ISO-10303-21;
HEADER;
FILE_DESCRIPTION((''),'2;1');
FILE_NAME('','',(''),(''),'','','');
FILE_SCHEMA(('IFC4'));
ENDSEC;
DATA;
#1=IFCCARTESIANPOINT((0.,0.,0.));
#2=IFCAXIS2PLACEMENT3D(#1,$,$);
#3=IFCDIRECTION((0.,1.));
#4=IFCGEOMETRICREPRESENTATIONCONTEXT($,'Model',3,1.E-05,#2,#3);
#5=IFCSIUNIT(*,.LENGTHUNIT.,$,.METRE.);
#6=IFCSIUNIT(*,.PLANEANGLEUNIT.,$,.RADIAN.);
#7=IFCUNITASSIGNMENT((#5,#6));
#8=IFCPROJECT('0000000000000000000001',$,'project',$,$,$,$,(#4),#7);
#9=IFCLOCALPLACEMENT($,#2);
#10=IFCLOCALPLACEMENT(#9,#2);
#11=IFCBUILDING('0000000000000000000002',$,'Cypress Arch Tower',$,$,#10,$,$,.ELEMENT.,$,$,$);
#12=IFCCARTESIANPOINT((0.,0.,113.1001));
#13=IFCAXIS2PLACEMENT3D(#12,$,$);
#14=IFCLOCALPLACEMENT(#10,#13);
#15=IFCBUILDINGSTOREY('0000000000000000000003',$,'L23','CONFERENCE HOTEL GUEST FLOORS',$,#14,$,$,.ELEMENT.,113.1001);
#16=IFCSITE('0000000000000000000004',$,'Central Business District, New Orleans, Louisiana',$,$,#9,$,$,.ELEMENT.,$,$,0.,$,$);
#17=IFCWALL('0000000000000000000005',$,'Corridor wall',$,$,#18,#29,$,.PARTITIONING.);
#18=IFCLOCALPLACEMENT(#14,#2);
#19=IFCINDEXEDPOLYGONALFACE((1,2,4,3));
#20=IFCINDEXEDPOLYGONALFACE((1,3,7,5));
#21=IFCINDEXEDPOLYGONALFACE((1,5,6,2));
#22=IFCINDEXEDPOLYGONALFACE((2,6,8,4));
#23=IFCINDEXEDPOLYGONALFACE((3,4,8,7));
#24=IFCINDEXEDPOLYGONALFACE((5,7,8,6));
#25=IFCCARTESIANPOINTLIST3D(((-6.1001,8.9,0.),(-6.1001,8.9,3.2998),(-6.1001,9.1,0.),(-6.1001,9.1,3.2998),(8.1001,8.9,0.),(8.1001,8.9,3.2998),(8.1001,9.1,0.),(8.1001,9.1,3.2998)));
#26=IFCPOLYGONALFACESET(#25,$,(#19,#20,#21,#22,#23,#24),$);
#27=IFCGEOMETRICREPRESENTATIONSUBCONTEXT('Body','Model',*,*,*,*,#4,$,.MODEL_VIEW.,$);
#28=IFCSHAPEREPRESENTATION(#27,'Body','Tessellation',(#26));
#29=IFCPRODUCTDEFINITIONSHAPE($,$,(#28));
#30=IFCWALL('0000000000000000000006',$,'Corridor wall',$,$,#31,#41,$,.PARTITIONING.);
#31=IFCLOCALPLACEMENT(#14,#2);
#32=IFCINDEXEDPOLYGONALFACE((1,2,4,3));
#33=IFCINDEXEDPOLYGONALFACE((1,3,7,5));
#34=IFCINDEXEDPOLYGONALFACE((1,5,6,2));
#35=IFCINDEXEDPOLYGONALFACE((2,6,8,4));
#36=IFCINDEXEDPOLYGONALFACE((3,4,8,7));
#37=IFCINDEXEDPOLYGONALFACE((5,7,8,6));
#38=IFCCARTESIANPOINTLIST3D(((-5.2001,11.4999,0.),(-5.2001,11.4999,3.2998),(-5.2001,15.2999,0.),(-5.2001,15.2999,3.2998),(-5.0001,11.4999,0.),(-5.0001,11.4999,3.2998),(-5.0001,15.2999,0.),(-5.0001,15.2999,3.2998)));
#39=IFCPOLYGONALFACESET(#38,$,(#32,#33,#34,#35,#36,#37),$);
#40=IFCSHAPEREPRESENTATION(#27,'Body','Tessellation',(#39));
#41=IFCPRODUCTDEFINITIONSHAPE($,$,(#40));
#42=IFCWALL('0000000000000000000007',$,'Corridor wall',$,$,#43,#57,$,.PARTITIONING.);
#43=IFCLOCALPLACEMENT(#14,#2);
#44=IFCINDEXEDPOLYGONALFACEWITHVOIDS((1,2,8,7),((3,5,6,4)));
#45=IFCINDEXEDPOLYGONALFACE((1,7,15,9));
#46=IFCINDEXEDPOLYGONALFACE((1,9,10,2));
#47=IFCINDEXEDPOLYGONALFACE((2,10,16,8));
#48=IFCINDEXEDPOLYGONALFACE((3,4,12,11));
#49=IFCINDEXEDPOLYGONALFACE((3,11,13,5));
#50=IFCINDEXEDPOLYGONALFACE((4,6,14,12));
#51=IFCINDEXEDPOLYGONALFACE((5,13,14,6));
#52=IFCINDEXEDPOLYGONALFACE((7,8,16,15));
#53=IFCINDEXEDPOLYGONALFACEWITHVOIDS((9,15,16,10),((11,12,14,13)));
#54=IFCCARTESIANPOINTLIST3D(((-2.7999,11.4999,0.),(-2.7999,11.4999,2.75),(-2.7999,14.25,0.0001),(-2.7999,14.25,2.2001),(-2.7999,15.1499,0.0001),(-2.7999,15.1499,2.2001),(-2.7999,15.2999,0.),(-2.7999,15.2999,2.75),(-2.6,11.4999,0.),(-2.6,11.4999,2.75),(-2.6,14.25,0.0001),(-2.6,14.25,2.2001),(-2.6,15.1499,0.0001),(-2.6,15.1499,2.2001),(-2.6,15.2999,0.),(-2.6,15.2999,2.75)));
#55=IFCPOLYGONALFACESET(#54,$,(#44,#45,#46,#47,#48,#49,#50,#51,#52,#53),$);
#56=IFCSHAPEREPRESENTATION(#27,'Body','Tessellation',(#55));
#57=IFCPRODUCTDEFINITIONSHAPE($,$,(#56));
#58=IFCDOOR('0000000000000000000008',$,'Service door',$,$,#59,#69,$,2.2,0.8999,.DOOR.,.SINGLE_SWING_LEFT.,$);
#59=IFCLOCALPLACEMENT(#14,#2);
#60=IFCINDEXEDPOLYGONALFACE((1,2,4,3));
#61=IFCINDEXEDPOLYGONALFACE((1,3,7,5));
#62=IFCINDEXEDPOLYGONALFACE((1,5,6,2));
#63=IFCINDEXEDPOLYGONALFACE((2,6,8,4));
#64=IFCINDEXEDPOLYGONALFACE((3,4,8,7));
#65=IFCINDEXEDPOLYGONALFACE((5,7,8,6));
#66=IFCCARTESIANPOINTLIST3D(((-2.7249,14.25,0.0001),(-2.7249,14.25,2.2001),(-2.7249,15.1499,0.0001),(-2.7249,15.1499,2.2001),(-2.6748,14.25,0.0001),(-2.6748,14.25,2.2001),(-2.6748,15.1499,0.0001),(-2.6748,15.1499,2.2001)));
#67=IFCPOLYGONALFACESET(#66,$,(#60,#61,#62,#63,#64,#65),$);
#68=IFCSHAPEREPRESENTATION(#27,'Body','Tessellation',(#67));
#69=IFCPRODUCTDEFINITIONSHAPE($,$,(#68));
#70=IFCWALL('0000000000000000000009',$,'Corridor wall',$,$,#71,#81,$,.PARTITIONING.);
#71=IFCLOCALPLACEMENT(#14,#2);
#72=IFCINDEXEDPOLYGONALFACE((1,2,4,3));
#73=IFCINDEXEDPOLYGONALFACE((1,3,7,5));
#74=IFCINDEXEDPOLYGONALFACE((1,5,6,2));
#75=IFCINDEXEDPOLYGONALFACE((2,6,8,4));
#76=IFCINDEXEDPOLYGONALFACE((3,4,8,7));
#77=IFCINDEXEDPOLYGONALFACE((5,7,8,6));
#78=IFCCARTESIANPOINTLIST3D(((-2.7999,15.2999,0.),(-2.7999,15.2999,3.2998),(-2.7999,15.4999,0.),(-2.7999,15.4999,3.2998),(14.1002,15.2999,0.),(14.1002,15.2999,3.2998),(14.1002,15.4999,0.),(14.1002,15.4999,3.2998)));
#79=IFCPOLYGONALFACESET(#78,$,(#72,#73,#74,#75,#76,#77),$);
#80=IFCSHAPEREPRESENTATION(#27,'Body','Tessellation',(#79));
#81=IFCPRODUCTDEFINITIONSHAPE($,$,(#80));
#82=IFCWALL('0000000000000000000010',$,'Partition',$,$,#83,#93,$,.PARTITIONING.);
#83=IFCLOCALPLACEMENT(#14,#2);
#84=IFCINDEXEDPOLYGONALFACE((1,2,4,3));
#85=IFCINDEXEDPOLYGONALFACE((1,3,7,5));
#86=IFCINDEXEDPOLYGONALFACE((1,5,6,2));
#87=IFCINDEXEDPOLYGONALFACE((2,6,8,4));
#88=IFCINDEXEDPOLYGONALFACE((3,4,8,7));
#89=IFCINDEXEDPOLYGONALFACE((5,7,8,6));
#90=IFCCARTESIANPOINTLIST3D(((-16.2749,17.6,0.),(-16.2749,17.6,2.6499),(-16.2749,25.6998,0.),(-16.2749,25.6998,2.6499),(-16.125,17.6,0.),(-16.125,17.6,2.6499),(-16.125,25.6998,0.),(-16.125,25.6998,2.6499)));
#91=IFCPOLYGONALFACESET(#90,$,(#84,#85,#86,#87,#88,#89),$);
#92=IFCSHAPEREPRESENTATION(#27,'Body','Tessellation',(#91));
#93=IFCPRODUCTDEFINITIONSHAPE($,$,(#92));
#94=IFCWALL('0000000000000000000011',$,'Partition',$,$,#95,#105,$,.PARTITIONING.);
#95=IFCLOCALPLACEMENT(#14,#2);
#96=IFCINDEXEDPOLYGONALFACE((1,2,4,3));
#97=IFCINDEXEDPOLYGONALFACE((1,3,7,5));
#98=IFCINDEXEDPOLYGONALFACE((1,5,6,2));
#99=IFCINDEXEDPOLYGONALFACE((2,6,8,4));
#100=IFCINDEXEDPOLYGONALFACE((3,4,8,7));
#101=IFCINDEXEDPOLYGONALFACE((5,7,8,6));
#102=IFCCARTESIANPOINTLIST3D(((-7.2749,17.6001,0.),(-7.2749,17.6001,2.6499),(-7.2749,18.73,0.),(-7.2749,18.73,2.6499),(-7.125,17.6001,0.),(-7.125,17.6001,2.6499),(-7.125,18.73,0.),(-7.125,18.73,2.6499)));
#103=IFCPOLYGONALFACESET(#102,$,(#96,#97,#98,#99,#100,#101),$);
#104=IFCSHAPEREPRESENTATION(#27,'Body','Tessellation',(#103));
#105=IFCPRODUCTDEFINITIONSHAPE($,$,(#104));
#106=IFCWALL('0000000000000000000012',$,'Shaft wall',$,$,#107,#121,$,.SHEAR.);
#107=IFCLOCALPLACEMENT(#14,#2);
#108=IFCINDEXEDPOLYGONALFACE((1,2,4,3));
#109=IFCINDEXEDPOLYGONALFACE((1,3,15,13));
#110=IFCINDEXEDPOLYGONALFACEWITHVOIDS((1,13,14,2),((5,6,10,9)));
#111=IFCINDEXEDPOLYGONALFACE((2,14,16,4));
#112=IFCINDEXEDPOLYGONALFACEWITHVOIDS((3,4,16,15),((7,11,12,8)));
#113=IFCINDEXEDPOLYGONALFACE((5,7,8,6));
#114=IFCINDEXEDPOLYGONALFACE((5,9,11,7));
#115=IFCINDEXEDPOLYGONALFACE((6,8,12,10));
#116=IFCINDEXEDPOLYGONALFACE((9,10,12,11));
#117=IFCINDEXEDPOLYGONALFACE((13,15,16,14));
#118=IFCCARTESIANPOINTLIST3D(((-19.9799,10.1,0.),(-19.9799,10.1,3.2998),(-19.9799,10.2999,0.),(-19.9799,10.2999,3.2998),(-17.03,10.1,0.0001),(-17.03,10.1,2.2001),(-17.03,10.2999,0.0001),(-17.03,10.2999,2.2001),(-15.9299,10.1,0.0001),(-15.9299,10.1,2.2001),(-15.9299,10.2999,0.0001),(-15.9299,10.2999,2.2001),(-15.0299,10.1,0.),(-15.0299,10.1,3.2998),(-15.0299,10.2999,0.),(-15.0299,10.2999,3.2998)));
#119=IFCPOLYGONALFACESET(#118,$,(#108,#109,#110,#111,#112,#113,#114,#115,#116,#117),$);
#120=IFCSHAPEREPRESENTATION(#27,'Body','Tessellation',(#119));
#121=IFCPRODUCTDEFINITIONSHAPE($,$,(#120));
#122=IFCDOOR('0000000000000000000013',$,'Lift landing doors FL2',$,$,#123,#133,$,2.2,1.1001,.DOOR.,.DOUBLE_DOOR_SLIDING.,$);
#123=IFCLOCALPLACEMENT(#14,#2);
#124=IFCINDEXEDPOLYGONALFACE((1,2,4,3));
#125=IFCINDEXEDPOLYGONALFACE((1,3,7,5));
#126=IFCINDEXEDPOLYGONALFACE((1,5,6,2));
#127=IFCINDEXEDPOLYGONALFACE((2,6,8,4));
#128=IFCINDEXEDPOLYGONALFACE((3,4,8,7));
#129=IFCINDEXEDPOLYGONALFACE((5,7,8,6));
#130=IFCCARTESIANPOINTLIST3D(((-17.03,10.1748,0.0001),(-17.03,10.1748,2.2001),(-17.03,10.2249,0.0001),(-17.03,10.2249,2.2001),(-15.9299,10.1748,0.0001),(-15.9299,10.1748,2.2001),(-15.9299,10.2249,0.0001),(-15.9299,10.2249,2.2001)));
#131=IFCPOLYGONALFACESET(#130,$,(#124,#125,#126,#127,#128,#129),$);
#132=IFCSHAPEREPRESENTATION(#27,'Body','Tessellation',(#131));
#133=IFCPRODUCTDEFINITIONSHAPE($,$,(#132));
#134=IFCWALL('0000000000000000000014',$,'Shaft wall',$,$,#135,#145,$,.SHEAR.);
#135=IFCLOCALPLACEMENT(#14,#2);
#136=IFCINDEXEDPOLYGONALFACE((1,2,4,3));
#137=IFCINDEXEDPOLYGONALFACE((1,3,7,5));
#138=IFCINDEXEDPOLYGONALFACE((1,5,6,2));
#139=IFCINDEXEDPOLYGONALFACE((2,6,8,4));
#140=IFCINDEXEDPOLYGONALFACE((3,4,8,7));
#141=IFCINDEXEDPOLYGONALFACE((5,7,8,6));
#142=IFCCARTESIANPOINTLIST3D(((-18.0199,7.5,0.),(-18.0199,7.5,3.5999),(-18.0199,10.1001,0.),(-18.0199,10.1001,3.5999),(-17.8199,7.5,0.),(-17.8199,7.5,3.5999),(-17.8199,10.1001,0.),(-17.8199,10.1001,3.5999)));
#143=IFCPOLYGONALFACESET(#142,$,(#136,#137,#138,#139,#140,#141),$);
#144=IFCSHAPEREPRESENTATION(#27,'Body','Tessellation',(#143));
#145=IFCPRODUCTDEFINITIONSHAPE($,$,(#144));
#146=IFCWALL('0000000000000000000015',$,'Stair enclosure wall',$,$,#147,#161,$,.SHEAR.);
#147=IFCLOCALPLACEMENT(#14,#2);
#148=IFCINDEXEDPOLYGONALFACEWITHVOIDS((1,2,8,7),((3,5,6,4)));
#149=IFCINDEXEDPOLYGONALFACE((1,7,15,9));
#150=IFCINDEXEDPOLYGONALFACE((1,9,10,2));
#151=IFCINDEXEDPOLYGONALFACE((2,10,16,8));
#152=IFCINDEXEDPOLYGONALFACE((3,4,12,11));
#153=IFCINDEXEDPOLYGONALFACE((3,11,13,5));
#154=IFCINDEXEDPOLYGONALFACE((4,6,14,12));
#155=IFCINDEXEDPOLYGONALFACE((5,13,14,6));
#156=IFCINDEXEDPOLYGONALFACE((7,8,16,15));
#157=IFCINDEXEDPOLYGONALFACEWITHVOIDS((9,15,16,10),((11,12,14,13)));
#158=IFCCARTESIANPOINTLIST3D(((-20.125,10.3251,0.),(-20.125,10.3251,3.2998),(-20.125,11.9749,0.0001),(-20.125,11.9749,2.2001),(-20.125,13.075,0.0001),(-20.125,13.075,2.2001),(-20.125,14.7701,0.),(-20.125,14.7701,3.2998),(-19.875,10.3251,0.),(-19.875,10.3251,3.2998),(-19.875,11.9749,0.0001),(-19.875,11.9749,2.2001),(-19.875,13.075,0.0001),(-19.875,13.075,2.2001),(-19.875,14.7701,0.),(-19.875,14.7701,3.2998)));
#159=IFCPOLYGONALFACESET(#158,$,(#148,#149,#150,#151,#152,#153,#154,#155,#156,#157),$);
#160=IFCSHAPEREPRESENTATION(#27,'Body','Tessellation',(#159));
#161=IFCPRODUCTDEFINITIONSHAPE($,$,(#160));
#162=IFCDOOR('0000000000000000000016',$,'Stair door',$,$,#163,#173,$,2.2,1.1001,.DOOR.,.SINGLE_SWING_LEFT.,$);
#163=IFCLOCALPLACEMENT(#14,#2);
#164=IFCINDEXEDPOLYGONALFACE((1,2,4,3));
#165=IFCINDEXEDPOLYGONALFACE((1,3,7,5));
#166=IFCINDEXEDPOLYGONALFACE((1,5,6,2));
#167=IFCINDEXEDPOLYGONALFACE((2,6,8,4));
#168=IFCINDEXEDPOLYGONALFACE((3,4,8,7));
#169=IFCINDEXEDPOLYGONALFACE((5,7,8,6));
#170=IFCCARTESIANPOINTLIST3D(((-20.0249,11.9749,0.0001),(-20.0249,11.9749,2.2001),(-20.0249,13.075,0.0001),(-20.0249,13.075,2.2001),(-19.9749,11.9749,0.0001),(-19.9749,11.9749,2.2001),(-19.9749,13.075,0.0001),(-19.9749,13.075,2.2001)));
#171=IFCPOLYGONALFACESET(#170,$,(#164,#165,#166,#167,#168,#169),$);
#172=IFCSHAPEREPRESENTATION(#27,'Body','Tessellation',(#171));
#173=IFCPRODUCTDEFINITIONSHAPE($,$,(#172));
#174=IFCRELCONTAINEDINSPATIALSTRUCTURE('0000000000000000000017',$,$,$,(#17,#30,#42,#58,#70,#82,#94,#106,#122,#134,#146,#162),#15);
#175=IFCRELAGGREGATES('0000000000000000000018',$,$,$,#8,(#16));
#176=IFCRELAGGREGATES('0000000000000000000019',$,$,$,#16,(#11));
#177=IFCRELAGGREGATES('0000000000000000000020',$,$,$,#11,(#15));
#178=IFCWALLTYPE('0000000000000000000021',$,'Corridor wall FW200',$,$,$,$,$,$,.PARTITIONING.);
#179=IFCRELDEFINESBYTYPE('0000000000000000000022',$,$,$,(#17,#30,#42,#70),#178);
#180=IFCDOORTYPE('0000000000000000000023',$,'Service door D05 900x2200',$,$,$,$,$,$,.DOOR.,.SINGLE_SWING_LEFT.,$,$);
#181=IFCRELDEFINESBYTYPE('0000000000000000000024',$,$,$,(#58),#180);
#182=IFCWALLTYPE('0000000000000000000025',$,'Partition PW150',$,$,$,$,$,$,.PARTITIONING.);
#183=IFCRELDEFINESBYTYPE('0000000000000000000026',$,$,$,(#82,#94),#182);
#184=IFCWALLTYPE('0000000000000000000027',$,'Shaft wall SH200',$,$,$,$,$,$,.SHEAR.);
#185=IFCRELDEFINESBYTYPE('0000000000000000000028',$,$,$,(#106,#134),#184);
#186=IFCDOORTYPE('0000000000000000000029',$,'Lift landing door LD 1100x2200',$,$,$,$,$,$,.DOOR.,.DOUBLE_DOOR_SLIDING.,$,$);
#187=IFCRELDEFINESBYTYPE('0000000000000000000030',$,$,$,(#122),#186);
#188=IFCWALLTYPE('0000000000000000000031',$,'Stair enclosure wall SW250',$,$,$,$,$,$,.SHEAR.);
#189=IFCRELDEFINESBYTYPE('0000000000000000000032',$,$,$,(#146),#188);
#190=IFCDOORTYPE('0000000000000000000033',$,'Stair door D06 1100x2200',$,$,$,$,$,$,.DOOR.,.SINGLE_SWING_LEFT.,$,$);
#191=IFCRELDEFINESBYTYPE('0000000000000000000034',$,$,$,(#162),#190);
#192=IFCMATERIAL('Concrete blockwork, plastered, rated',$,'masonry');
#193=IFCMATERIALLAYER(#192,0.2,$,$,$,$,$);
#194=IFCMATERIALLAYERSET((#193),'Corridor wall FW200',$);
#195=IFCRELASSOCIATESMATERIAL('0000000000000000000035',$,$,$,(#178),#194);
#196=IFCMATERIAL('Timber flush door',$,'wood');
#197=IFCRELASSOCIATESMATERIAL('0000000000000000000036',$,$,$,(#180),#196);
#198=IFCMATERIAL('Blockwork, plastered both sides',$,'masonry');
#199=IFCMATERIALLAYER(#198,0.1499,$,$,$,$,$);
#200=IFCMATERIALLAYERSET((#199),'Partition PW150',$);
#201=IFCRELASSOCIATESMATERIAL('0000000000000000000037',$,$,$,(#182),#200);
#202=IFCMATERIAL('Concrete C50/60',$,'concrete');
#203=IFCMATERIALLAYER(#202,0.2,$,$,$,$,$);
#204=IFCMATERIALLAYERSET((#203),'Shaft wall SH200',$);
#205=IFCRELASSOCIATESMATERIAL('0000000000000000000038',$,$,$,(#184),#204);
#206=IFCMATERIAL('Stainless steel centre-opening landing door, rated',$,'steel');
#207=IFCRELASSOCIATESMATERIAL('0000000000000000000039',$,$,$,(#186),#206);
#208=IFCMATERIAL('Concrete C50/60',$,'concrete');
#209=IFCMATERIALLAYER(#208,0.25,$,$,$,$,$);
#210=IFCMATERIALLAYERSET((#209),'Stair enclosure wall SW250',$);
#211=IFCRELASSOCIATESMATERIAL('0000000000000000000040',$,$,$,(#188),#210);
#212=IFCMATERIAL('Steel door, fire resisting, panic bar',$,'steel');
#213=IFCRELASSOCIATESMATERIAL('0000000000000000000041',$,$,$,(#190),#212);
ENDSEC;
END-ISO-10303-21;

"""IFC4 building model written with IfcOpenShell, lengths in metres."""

from ifc_helpers import new_model, si_unit, direction, frame, frame_2d, origin, place, context, subcontext, project, spatial, rectangle, extrude, material, layer, layer_set, type_object, element, fill, save


model = new_model("IFC4")

# Units and contexts
model_context = context("Model", 3, precision=1e-05, world=origin(), true_north=direction((0.0, 1.0)))
body_context = subcontext(model_context, "Body", "Model", "MODEL_VIEW")
ifc_project = project(units=[si_unit("LENGTHUNIT", "METRE"), si_unit("PLANEANGLEUNIT", "RADIAN")], contexts=[model_context])

# Site, building, storey
site_placement = place(None, origin())
site = spatial("IfcSite", under=ifc_project, at=site_placement, Name="Central Business District, New Orleans, Louisiana", CompositionType="ELEMENT", RefElevation=0.0)
building_placement = place(site_placement, origin())
building = spatial("IfcBuilding", under=site, at=building_placement, Name="Cypress Arch Tower", CompositionType="ELEMENT")
storey_placement = place(building_placement, frame((0.0, 0.0, 113.1001)))
storey = spatial("IfcBuildingStorey", under=building, at=storey_placement, Name="L23", Description="CONFERENCE HOTEL GUEST FLOORS", CompositionType="ELEMENT", Elevation=113.1001)

# Shared definitions
ifc_material_1 = material(Name="Concrete blockwork, plastered, rated", Category="masonry")
ifc_layer_1 = layer(ifc_material_1, 0.2)
ifc_layer_set_1 = layer_set([ifc_layer_1], Name="Corridor wall FW200")
wall_type_1 = type_object("IfcWallType", Name="Corridor wall FW200", PredefinedType="PARTITIONING", material=ifc_layer_set_1)

# Walls
wall_1_placement = place(storey_placement, frame((-6.1001, 9.0, 0.0), z_axis=(0.0, 0.0, 1.0), x_axis=(1.0, 0.0, 0.0)))
element("IfcWall", 1, at=wall_1_placement, inside=storey, type_object=wall_type_1, Name="Corridor wall", PredefinedType="PARTITIONING", context=body_context, shape_type="SweptSolid", body=[
    extrude(rectangle(XDim=14.2002, YDim=0.2, at=frame_2d((7.1001, 0.0))), origin(), (0.0, 0.0, 1.0), 3.2998),
])
wall_2_placement = place(storey_placement, frame((-5.1001, 11.5, 0.0), z_axis=(0.0, 0.0, 1.0), x_axis=(0.0, 1.0, 0.0)))
element("IfcWall", 2, at=wall_2_placement, inside=storey, type_object=wall_type_1, Name="Corridor wall", PredefinedType="PARTITIONING", context=body_context, shape_type="SweptSolid", body=[
    extrude(rectangle(XDim=3.8, YDim=0.2, at=frame_2d((1.8999, 0.0))), origin(), (0.0, 0.0, 1.0), 3.2998),
])

# Wall, opening, door
wall_3_placement = place(storey_placement, frame((-2.7, 11.5, 0.0), z_axis=(0.0, 0.0, 1.0), x_axis=(0.0, 1.0, 0.0)))
wall_3 = element("IfcWall", 3, at=wall_3_placement, inside=storey, type_object=wall_type_1, Name="Corridor wall", PredefinedType="PARTITIONING", context=body_context, shape_type="SweptSolid", body=[
    extrude(rectangle(XDim=3.8, YDim=0.2, at=frame_2d((1.8999, 0.0))), origin(), (0.0, 0.0, 1.0), 2.75),
])
opening_1_placement = place(wall_3_placement, frame((2.75, 0.0, 0.0)))
opening_1 = element("IfcOpeningElement", 4, at=opening_1_placement, cuts=wall_3, PredefinedType="OPENING", context=body_context, shape_type="SweptSolid", body=[
    extrude(rectangle(XDim=0.8999, YDim=2.2, at=frame_2d((0.45, 1.1001))), frame((0.0, 0.1099, 0.0), z_axis=(0.0, -1.0, 0.0), x_axis=(1.0, 0.0, 0.0)), (0.0, 0.0, 1.0), 0.22),
])
ifc_material_2 = material(Name="Timber flush door", Category="wood")
door_type_1 = type_object("IfcDoorType", Name="Service door D05 900x2200", OperationType="SINGLE_SWING_LEFT", PredefinedType="DOOR", material=ifc_material_2)
door_1_placement = place(opening_1_placement, origin())
door_1 = element("IfcDoor", 5, at=door_1_placement, inside=storey, type_object=door_type_1, Name="Service door", OperationType="SINGLE_SWING_LEFT", OverallHeight=2.2, OverallWidth=0.8999, PredefinedType="DOOR", context=body_context, shape_type="SweptSolid", body=[
    extrude(rectangle(XDim=0.8999, YDim=2.2, at=frame_2d((0.45, 1.1001))), frame((0.0, 0.0249, 0.0), z_axis=(0.0, -1.0, 0.0), x_axis=(1.0, 0.0, 0.0)), (0.0, 0.0, 1.0), 0.05),
])
fill(opening_1, door_1)

# Walls
wall_4_placement = place(storey_placement, frame((-2.8, 15.3999, 0.0), z_axis=(0.0, 0.0, 1.0), x_axis=(1.0, 0.0, 0.0)))
element("IfcWall", 6, at=wall_4_placement, inside=storey, type_object=wall_type_1, Name="Corridor wall", PredefinedType="PARTITIONING", context=body_context, shape_type="SweptSolid", body=[
    extrude(rectangle(XDim=16.9001, YDim=0.2, at=frame_2d((8.4502, 0.0))), origin(), (0.0, 0.0, 1.0), 3.2998),
])
ifc_material_3 = material(Name="Blockwork, plastered both sides", Category="masonry")
ifc_layer_2 = layer(ifc_material_3, 0.1499)
ifc_layer_set_2 = layer_set([ifc_layer_2], Name="Partition PW150")
wall_type_2 = type_object("IfcWallType", Name="Partition PW150", PredefinedType="PARTITIONING", material=ifc_layer_set_2)
wall_5_placement = place(storey_placement, frame((-16.2, 17.6001, 0.0), z_axis=(0.0, 0.0, 1.0), x_axis=(0.0, 1.0, 0.0)))
element("IfcWall", 7, at=wall_5_placement, inside=storey, type_object=wall_type_2, Name="Partition", PredefinedType="PARTITIONING", context=body_context, shape_type="SweptSolid", body=[
    extrude(rectangle(XDim=8.0999, YDim=0.1499, at=frame_2d((4.0498, 0.0))), origin(), (0.0, 0.0, 1.0), 2.6499),
])
wall_6_placement = place(storey_placement, frame((-7.2, 17.6001, 0.0), z_axis=(0.0, 0.0, 1.0), x_axis=(0.0, 1.0, 0.0)))
element("IfcWall", 8, at=wall_6_placement, inside=storey, type_object=wall_type_2, Name="Partition", PredefinedType="PARTITIONING", context=body_context, shape_type="SweptSolid", body=[
    extrude(rectangle(XDim=1.1299, YDim=0.1499, at=frame_2d((0.5649, 0.0))), origin(), (0.0, 0.0, 1.0), 2.6499),
])

# Wall, opening, door
ifc_material_4 = material(Name="Concrete C50/60", Category="concrete")
ifc_layer_3 = layer(ifc_material_4, 0.2)
ifc_layer_set_3 = layer_set([ifc_layer_3], Name="Shaft wall SH200")
wall_type_3 = type_object("IfcWallType", Name="Shaft wall SH200", PredefinedType="SHEAR", material=ifc_layer_set_3)
wall_7_placement = place(storey_placement, frame((-19.98, 10.2, 0.0), z_axis=(0.0, 0.0, 1.0), x_axis=(1.0, 0.0, 0.0)))
wall_7 = element("IfcWall", 9, at=wall_7_placement, inside=storey, type_object=wall_type_3, Name="Shaft wall", PredefinedType="SHEAR", context=body_context, shape_type="SweptSolid", body=[
    extrude(rectangle(XDim=4.95, YDim=0.2, at=frame_2d((2.4751, 0.0))), origin(), (0.0, 0.0, 1.0), 3.2998),
])
opening_2_placement = place(wall_7_placement, frame((2.95, 0.0, 0.0)))
opening_2 = element("IfcOpeningElement", 10, at=opening_2_placement, cuts=wall_7, PredefinedType="OPENING", context=body_context, shape_type="SweptSolid", body=[
    extrude(rectangle(XDim=1.1001, YDim=2.2, at=frame_2d((0.55, 1.1001))), frame((0.0, 0.1099, 0.0), z_axis=(0.0, -1.0, 0.0), x_axis=(1.0, 0.0, 0.0)), (0.0, 0.0, 1.0), 0.22),
])
ifc_material_5 = material(Name="Stainless steel centre-opening landing door, rated", Category="steel")
door_type_2 = type_object("IfcDoorType", Name="Lift landing door LD 1100x2200", OperationType="DOUBLE_DOOR_SLIDING", PredefinedType="DOOR", material=ifc_material_5)
door_2_placement = place(opening_2_placement, origin())
door_2 = element("IfcDoor", 11, at=door_2_placement, inside=storey, type_object=door_type_2, Name="Lift landing doors FL2", OperationType="DOUBLE_DOOR_SLIDING", OverallHeight=2.2, OverallWidth=1.1001, PredefinedType="DOOR", context=body_context, shape_type="SweptSolid", body=[
    extrude(rectangle(XDim=1.1001, YDim=2.2, at=frame_2d((0.55, 1.1001))), frame((0.0, 0.0249, 0.0), z_axis=(0.0, -1.0, 0.0), x_axis=(1.0, 0.0, 0.0)), (0.0, 0.0, 1.0), 0.05),
])
fill(opening_2, door_2)

# Wall
wall_8_placement = place(storey_placement, frame((-17.9199, 7.5, 0.0), z_axis=(0.0, 0.0, 1.0), x_axis=(0.0, 1.0, 0.0)))
element("IfcWall", 12, at=wall_8_placement, inside=storey, type_object=wall_type_3, Name="Shaft wall", PredefinedType="SHEAR", context=body_context, shape_type="SweptSolid", body=[
    extrude(rectangle(XDim=2.6001, YDim=0.2, at=frame_2d((1.3, 0.0))), origin(), (0.0, 0.0, 1.0), 3.5999),
])

# Wall, opening, door
ifc_material_6 = material(Name="Concrete C50/60", Category="concrete")
ifc_layer_4 = layer(ifc_material_6, 0.25)
ifc_layer_set_4 = layer_set([ifc_layer_4], Name="Stair enclosure wall SW250")
wall_type_4 = type_object("IfcWallType", Name="Stair enclosure wall SW250", PredefinedType="SHEAR", material=ifc_layer_set_4)
wall_9_placement = place(storey_placement, frame((-20.0, 10.325, 0.0), z_axis=(0.0, 0.0, 1.0), x_axis=(0.0, 1.0, 0.0)))
wall_9 = element("IfcWall", 13, at=wall_9_placement, inside=storey, type_object=wall_type_4, Name="Stair enclosure wall", PredefinedType="SHEAR", context=body_context, shape_type="SweptSolid", body=[
    extrude(rectangle(XDim=4.4451, YDim=0.25, at=frame_2d((2.2227, 0.0))), origin(), (0.0, 0.0, 1.0), 3.2998),
])
opening_3_placement = place(wall_9_placement, frame((1.6499, 0.0, 0.0)))
opening_3 = element("IfcOpeningElement", 14, at=opening_3_placement, cuts=wall_9, PredefinedType="OPENING", context=body_context, shape_type="SweptSolid", body=[
    extrude(rectangle(XDim=1.1001, YDim=2.2, at=frame_2d((0.55, 1.1001))), frame((0.0, 0.135, 0.0), z_axis=(0.0, -1.0, 0.0), x_axis=(1.0, 0.0, 0.0)), (0.0, 0.0, 1.0), 0.27),
])
ifc_material_7 = material(Name="Steel door, fire resisting, panic bar", Category="steel")
door_type_3 = type_object("IfcDoorType", Name="Stair door D06 1100x2200", OperationType="SINGLE_SWING_LEFT", PredefinedType="DOOR", material=ifc_material_7)
door_3_placement = place(opening_3_placement, origin())
door_3 = element("IfcDoor", 15, at=door_3_placement, inside=storey, type_object=door_type_3, Name="Stair door", OperationType="SINGLE_SWING_LEFT", OverallHeight=2.2, OverallWidth=1.1001, PredefinedType="DOOR", context=body_context, shape_type="SweptSolid", body=[
    extrude(rectangle(XDim=1.1001, YDim=2.2, at=frame_2d((0.55, 1.1001))), frame((0.0, 0.0249, 0.0), z_axis=(0.0, -1.0, 0.0), x_axis=(1.0, 0.0, 0.0)), (0.0, 0.0, 1.0), 0.05),
])
fill(opening_3, door_3)

save(model, "model.ifc")
